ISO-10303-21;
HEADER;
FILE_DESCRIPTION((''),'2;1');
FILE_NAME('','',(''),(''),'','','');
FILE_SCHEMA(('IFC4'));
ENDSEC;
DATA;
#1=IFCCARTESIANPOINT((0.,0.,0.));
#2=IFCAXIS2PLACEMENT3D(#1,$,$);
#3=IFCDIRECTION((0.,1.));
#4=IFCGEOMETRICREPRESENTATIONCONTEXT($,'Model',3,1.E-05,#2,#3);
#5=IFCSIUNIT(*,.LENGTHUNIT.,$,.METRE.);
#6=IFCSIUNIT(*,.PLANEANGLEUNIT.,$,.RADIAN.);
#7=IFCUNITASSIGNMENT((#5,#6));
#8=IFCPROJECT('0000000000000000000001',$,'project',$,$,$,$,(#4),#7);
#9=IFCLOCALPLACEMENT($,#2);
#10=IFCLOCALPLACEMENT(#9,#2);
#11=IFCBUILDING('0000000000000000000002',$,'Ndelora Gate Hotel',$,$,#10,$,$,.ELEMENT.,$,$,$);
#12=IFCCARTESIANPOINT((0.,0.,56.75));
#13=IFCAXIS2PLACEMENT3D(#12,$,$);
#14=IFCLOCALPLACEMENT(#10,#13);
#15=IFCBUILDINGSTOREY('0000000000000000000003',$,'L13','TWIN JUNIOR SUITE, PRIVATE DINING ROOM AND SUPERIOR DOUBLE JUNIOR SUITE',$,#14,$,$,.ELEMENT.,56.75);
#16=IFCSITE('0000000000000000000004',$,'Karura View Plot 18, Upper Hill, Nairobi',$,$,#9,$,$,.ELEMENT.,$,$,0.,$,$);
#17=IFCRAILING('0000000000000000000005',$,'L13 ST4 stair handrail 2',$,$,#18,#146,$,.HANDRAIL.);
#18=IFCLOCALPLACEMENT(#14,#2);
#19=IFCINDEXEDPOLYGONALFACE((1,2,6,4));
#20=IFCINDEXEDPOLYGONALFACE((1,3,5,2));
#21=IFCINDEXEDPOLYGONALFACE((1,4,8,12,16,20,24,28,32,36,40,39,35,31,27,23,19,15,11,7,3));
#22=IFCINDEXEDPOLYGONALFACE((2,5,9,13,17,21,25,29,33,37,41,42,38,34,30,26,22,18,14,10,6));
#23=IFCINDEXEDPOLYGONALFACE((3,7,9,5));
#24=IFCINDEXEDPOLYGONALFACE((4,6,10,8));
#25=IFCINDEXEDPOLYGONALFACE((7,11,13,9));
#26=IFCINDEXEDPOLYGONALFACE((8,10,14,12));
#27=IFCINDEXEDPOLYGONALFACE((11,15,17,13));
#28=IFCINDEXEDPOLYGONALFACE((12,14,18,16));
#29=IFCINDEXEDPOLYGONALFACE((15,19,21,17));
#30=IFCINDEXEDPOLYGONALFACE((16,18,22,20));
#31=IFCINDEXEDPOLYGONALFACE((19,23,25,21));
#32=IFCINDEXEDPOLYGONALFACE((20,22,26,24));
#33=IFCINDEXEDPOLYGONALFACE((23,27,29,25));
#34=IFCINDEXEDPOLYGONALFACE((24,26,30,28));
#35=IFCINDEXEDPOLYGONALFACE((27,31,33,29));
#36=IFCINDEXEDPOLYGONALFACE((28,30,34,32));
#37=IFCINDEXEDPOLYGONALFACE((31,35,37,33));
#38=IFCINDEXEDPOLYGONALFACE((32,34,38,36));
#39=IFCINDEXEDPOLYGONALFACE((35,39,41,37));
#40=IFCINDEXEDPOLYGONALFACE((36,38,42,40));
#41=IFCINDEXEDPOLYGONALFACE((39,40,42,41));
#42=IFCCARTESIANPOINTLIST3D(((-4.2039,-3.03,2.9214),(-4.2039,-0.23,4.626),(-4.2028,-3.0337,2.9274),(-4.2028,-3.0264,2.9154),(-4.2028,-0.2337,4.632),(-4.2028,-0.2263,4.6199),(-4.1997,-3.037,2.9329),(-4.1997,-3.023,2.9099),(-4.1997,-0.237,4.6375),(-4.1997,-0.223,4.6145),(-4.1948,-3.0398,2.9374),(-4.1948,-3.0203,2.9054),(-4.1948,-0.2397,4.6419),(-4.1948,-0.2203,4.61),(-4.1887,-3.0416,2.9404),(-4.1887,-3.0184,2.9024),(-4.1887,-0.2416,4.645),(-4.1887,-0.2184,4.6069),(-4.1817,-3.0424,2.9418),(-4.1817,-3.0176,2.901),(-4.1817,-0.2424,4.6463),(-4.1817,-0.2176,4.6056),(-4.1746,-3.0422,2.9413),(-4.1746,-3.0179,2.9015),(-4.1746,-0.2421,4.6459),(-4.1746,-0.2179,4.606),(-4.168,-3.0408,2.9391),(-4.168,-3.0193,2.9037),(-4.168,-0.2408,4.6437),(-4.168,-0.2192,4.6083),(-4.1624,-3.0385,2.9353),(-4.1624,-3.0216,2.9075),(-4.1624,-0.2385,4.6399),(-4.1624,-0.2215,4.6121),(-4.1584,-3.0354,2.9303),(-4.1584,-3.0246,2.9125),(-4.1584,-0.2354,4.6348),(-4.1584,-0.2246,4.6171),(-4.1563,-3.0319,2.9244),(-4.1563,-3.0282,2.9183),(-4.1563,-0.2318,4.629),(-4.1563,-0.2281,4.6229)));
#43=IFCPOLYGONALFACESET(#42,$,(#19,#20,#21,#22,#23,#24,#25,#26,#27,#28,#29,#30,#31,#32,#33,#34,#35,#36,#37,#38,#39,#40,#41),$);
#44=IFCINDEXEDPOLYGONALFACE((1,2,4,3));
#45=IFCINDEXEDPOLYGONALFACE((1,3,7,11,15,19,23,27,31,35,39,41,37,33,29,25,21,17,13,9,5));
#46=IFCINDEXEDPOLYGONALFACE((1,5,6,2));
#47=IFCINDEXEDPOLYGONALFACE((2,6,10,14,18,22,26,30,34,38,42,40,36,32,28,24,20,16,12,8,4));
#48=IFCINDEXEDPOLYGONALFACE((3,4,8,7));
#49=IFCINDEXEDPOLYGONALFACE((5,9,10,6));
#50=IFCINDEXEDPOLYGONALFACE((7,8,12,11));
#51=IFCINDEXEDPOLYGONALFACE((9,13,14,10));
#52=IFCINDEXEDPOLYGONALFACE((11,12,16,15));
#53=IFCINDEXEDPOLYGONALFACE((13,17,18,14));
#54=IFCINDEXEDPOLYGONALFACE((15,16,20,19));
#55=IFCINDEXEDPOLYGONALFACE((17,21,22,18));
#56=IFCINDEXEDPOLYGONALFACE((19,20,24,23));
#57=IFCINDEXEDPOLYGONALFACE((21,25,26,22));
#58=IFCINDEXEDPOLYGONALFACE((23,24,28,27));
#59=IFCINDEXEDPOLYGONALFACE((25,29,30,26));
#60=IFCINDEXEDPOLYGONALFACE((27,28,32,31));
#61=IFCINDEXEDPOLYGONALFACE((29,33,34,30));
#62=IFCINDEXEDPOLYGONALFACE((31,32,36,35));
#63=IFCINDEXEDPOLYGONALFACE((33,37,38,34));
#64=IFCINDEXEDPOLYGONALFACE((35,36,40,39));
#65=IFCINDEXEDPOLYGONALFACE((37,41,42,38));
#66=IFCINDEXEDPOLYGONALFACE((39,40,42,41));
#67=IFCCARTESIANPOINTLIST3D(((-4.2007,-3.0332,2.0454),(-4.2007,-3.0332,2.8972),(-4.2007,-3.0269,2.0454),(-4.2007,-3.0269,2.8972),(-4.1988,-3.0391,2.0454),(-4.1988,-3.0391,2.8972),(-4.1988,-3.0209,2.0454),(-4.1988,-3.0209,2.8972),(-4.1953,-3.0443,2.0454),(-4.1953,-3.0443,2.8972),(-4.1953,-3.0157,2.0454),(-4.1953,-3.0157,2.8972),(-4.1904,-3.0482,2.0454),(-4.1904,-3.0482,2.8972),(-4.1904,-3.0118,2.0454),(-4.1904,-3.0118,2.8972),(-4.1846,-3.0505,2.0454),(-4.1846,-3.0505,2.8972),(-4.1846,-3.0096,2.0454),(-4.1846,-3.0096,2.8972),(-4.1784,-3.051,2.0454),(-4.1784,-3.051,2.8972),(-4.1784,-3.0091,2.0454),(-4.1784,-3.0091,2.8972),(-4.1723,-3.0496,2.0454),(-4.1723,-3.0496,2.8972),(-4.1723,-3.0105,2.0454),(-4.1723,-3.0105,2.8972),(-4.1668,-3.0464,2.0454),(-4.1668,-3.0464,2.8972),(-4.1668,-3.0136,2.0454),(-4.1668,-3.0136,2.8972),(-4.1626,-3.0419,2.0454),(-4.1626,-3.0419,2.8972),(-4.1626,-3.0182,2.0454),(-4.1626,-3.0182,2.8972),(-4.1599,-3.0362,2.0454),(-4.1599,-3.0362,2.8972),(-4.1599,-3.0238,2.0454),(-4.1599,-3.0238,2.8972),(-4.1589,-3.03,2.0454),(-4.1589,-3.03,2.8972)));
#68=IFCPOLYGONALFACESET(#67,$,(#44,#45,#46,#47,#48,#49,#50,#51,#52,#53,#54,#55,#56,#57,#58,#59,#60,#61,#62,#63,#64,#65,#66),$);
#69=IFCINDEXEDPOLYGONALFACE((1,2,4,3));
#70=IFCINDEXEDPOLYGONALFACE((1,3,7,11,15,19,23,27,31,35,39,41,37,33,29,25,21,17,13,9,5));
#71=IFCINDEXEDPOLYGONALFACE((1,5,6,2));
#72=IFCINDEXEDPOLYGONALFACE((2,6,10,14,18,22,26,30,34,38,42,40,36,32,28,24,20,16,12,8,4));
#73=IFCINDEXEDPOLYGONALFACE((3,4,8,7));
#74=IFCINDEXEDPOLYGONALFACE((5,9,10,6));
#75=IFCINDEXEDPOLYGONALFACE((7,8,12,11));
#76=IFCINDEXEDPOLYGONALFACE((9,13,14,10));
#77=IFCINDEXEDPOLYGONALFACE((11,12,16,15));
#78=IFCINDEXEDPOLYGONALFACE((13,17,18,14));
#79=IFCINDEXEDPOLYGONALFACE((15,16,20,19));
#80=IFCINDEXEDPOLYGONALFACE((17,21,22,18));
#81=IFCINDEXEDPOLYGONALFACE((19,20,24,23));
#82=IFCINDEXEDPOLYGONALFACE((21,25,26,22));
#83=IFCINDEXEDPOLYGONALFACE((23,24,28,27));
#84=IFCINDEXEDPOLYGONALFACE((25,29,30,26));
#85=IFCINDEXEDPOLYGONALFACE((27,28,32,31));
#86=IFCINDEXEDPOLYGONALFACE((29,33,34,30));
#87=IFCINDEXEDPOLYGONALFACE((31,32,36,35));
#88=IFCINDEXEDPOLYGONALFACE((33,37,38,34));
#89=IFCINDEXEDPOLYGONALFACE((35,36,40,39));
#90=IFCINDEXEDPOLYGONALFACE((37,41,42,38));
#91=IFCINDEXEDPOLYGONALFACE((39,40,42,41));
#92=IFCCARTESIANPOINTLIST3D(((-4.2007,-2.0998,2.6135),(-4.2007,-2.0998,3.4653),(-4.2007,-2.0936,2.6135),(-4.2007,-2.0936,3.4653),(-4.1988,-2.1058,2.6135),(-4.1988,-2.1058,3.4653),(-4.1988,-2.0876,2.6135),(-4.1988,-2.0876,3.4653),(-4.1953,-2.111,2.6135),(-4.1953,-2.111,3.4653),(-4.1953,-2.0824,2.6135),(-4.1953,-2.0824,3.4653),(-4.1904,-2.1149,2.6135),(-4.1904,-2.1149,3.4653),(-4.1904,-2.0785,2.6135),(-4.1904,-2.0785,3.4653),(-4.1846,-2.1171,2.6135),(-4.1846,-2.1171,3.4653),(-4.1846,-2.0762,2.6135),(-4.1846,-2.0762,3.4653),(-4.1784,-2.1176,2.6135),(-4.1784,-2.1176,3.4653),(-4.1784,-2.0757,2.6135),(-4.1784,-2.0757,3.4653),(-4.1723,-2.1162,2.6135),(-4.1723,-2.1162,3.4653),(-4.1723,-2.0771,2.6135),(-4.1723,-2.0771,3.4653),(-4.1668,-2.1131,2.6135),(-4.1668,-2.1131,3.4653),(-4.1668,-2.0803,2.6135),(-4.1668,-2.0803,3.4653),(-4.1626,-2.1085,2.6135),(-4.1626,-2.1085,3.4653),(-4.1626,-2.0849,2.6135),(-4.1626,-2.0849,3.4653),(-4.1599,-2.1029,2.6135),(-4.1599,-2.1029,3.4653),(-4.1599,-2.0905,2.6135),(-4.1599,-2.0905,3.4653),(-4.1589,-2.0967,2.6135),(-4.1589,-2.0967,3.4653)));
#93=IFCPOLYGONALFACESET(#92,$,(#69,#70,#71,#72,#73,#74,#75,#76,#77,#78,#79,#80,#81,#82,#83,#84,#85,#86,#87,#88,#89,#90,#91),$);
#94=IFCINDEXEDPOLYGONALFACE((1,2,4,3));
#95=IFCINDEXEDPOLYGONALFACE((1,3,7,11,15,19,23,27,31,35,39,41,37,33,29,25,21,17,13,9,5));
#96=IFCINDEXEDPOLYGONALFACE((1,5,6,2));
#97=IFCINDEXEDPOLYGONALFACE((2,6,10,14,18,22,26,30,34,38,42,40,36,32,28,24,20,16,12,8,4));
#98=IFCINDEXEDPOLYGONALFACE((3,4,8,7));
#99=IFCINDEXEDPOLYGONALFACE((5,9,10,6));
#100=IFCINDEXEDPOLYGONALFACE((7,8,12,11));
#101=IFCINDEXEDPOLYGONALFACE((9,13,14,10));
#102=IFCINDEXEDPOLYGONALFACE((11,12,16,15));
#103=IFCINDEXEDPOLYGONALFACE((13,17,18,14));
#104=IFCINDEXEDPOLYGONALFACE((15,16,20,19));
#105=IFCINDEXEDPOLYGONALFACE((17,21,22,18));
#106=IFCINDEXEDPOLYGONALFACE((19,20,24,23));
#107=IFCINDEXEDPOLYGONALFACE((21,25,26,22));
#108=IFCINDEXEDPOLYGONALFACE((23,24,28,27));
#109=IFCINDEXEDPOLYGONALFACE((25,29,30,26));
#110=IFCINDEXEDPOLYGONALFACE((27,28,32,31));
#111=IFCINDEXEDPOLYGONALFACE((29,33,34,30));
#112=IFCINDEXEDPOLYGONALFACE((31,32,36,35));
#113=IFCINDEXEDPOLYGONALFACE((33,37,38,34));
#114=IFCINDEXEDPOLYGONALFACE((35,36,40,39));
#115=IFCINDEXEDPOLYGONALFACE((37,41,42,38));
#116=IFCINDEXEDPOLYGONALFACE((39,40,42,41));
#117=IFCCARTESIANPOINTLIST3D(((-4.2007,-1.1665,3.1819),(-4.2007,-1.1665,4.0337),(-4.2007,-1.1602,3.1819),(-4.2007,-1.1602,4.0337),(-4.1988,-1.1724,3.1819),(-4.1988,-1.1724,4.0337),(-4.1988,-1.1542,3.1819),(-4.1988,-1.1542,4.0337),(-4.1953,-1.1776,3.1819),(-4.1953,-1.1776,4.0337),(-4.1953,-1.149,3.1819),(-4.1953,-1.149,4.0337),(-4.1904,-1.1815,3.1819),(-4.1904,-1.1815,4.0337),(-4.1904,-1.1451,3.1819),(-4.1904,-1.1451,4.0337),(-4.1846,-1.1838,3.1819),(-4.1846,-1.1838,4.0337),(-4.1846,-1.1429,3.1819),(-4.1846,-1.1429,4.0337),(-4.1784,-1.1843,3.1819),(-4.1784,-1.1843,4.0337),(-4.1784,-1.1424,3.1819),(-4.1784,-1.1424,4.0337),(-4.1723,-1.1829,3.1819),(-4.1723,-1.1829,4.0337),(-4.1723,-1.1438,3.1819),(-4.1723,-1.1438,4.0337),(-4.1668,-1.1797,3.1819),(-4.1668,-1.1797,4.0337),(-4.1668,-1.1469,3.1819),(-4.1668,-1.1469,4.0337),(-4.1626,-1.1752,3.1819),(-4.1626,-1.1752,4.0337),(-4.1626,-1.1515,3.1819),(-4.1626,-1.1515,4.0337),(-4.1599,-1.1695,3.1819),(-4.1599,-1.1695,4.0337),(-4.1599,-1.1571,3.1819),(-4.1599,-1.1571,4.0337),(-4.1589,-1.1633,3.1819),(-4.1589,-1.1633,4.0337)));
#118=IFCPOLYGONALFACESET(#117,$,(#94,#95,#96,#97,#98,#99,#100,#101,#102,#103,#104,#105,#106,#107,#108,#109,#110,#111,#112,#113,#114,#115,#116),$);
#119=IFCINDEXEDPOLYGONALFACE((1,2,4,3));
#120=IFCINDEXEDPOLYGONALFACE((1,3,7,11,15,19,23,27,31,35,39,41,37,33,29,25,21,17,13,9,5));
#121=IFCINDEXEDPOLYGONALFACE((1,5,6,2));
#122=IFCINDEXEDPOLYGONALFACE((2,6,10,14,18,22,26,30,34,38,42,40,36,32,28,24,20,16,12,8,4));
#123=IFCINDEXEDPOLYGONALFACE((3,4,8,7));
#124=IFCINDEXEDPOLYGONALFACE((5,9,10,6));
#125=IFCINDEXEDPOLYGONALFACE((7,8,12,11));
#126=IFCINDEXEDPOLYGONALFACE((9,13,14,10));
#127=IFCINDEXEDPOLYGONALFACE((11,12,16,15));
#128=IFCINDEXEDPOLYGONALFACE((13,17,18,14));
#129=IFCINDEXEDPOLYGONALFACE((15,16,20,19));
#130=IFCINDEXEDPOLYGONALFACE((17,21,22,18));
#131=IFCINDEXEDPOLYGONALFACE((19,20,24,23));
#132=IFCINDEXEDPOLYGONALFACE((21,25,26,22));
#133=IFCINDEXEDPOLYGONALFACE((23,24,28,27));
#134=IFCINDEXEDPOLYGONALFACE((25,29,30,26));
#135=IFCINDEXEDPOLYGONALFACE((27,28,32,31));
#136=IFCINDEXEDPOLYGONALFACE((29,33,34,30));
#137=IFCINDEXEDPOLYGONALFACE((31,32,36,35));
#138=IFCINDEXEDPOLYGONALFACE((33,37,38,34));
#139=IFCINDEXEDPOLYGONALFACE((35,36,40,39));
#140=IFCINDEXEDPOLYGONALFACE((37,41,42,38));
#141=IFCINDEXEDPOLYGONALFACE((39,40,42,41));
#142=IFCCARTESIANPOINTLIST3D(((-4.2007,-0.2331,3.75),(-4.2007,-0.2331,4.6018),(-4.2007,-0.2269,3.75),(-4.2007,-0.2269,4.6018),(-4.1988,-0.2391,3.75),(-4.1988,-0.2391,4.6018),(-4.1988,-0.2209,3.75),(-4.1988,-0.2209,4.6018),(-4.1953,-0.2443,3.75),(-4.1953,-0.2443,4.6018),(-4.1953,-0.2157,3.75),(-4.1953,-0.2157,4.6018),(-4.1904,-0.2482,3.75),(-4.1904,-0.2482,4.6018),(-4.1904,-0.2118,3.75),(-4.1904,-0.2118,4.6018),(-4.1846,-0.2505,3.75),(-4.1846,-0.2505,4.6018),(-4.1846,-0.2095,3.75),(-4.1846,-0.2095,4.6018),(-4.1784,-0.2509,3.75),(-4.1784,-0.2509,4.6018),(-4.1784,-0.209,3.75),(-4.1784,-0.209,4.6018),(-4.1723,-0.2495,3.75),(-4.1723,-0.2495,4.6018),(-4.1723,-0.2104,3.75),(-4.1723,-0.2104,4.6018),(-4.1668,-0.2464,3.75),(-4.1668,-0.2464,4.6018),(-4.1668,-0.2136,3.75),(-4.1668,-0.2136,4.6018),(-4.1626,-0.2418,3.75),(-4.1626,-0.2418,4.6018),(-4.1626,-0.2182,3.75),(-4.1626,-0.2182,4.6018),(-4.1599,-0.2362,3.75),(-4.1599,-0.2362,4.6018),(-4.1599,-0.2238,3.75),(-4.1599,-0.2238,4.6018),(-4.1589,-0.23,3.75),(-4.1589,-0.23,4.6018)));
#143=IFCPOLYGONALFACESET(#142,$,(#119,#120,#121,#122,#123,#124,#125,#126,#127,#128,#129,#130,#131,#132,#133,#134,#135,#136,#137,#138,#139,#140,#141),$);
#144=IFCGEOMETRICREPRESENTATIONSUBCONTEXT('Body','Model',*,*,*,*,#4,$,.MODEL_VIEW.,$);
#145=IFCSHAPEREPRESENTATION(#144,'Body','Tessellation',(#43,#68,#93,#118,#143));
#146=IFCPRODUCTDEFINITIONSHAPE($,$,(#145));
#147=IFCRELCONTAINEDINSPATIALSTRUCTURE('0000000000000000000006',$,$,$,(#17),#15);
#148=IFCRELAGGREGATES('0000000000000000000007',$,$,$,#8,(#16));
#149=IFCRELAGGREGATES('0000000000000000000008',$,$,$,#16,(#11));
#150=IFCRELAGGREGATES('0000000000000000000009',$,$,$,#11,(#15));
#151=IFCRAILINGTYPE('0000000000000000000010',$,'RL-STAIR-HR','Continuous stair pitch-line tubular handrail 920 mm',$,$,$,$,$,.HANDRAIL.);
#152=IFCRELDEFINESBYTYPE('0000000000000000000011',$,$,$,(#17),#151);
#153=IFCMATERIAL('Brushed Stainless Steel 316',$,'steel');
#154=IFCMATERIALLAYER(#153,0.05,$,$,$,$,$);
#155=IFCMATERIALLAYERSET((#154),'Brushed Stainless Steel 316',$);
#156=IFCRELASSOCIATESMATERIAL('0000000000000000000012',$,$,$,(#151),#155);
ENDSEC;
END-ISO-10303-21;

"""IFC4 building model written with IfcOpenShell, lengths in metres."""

from ifc_helpers import new_model, si_unit, direction, frame, origin, origin_2d, place, context, subcontext, project, spatial, circle, extrude, material, layer, layer_set, type_object, element, save


model = new_model("IFC4")

# Units and contexts
model_context = context("Model", 3, precision=1e-05, world=origin(), true_north=direction((0.0, 1.0)))
body_context = subcontext(model_context, "Body", "Model", "MODEL_VIEW")
ifc_project = project(units=[si_unit("LENGTHUNIT", "METRE"), si_unit("PLANEANGLEUNIT", "RADIAN")], contexts=[model_context])

# Site, building, storey
site_placement = place(None, origin())
site = spatial("IfcSite", under=ifc_project, at=site_placement, Name="Karura View Plot 18, Upper Hill, Nairobi", CompositionType="ELEMENT", RefElevation=0.0)
building_placement = place(site_placement, origin())
building = spatial("IfcBuilding", under=site, at=building_placement, Name="Ndelora Gate Hotel", CompositionType="ELEMENT")
storey_placement = place(building_placement, frame((0.0, 0.0, 56.75)))
storey = spatial("IfcBuildingStorey", under=building, at=storey_placement, Name="L13", Description="TWIN JUNIOR SUITE, PRIVATE DINING ROOM AND SUPERIOR DOUBLE JUNIOR SUITE", CompositionType="ELEMENT", Elevation=56.75)

# Railing
ifc_material_1 = material(Name="Brushed Stainless Steel 316", Category="steel")
ifc_layer_1 = layer(ifc_material_1, 0.05)
ifc_layer_set_1 = layer_set([ifc_layer_1], Name="Brushed Stainless Steel 316")
railing_type_1 = type_object("IfcRailingType", Name="RL-STAIR-HR", Description="Continuous stair pitch-line tubular handrail 920 mm", PredefinedType="HANDRAIL", material=ifc_layer_set_1)
railing_1_placement = place(storey_placement, frame((-4.1799, -3.03, 2.0454)))
element("IfcRailing", 1, at=railing_1_placement, inside=storey, type_object=railing_type_1, Name="L13 ST4 stair handrail 2", PredefinedType="HANDRAIL", context=body_context, shape_type="SweptSolid", body=[
    extrude(circle(Radius=0.0239, at=origin_2d()), frame((0.0, 0.0, 0.876), z_axis=(0.0, 0.85417, 0.519994), x_axis=(-1.0, 0.0, 0.0)), (0.0, 0.0, 1.0), 3.2781),
    extrude(circle(Radius=0.021, at=origin_2d()), origin(), (0.0, 0.0, 1.0), 0.8518),
    extrude(circle(Radius=0.021, at=origin_2d()), frame((0.0, 0.9333, 0.5681)), (0.0, 0.0, 1.0), 0.8518),
    extrude(circle(Radius=0.021, at=origin_2d()), frame((0.0, 1.8667, 1.1365)), (0.0, 0.0, 1.0), 0.8518),
    extrude(circle(Radius=0.021, at=origin_2d()), frame((0.0, 2.8, 1.7046)), (0.0, 0.0, 1.0), 0.8518),
])

save(model, "model.ifc")
